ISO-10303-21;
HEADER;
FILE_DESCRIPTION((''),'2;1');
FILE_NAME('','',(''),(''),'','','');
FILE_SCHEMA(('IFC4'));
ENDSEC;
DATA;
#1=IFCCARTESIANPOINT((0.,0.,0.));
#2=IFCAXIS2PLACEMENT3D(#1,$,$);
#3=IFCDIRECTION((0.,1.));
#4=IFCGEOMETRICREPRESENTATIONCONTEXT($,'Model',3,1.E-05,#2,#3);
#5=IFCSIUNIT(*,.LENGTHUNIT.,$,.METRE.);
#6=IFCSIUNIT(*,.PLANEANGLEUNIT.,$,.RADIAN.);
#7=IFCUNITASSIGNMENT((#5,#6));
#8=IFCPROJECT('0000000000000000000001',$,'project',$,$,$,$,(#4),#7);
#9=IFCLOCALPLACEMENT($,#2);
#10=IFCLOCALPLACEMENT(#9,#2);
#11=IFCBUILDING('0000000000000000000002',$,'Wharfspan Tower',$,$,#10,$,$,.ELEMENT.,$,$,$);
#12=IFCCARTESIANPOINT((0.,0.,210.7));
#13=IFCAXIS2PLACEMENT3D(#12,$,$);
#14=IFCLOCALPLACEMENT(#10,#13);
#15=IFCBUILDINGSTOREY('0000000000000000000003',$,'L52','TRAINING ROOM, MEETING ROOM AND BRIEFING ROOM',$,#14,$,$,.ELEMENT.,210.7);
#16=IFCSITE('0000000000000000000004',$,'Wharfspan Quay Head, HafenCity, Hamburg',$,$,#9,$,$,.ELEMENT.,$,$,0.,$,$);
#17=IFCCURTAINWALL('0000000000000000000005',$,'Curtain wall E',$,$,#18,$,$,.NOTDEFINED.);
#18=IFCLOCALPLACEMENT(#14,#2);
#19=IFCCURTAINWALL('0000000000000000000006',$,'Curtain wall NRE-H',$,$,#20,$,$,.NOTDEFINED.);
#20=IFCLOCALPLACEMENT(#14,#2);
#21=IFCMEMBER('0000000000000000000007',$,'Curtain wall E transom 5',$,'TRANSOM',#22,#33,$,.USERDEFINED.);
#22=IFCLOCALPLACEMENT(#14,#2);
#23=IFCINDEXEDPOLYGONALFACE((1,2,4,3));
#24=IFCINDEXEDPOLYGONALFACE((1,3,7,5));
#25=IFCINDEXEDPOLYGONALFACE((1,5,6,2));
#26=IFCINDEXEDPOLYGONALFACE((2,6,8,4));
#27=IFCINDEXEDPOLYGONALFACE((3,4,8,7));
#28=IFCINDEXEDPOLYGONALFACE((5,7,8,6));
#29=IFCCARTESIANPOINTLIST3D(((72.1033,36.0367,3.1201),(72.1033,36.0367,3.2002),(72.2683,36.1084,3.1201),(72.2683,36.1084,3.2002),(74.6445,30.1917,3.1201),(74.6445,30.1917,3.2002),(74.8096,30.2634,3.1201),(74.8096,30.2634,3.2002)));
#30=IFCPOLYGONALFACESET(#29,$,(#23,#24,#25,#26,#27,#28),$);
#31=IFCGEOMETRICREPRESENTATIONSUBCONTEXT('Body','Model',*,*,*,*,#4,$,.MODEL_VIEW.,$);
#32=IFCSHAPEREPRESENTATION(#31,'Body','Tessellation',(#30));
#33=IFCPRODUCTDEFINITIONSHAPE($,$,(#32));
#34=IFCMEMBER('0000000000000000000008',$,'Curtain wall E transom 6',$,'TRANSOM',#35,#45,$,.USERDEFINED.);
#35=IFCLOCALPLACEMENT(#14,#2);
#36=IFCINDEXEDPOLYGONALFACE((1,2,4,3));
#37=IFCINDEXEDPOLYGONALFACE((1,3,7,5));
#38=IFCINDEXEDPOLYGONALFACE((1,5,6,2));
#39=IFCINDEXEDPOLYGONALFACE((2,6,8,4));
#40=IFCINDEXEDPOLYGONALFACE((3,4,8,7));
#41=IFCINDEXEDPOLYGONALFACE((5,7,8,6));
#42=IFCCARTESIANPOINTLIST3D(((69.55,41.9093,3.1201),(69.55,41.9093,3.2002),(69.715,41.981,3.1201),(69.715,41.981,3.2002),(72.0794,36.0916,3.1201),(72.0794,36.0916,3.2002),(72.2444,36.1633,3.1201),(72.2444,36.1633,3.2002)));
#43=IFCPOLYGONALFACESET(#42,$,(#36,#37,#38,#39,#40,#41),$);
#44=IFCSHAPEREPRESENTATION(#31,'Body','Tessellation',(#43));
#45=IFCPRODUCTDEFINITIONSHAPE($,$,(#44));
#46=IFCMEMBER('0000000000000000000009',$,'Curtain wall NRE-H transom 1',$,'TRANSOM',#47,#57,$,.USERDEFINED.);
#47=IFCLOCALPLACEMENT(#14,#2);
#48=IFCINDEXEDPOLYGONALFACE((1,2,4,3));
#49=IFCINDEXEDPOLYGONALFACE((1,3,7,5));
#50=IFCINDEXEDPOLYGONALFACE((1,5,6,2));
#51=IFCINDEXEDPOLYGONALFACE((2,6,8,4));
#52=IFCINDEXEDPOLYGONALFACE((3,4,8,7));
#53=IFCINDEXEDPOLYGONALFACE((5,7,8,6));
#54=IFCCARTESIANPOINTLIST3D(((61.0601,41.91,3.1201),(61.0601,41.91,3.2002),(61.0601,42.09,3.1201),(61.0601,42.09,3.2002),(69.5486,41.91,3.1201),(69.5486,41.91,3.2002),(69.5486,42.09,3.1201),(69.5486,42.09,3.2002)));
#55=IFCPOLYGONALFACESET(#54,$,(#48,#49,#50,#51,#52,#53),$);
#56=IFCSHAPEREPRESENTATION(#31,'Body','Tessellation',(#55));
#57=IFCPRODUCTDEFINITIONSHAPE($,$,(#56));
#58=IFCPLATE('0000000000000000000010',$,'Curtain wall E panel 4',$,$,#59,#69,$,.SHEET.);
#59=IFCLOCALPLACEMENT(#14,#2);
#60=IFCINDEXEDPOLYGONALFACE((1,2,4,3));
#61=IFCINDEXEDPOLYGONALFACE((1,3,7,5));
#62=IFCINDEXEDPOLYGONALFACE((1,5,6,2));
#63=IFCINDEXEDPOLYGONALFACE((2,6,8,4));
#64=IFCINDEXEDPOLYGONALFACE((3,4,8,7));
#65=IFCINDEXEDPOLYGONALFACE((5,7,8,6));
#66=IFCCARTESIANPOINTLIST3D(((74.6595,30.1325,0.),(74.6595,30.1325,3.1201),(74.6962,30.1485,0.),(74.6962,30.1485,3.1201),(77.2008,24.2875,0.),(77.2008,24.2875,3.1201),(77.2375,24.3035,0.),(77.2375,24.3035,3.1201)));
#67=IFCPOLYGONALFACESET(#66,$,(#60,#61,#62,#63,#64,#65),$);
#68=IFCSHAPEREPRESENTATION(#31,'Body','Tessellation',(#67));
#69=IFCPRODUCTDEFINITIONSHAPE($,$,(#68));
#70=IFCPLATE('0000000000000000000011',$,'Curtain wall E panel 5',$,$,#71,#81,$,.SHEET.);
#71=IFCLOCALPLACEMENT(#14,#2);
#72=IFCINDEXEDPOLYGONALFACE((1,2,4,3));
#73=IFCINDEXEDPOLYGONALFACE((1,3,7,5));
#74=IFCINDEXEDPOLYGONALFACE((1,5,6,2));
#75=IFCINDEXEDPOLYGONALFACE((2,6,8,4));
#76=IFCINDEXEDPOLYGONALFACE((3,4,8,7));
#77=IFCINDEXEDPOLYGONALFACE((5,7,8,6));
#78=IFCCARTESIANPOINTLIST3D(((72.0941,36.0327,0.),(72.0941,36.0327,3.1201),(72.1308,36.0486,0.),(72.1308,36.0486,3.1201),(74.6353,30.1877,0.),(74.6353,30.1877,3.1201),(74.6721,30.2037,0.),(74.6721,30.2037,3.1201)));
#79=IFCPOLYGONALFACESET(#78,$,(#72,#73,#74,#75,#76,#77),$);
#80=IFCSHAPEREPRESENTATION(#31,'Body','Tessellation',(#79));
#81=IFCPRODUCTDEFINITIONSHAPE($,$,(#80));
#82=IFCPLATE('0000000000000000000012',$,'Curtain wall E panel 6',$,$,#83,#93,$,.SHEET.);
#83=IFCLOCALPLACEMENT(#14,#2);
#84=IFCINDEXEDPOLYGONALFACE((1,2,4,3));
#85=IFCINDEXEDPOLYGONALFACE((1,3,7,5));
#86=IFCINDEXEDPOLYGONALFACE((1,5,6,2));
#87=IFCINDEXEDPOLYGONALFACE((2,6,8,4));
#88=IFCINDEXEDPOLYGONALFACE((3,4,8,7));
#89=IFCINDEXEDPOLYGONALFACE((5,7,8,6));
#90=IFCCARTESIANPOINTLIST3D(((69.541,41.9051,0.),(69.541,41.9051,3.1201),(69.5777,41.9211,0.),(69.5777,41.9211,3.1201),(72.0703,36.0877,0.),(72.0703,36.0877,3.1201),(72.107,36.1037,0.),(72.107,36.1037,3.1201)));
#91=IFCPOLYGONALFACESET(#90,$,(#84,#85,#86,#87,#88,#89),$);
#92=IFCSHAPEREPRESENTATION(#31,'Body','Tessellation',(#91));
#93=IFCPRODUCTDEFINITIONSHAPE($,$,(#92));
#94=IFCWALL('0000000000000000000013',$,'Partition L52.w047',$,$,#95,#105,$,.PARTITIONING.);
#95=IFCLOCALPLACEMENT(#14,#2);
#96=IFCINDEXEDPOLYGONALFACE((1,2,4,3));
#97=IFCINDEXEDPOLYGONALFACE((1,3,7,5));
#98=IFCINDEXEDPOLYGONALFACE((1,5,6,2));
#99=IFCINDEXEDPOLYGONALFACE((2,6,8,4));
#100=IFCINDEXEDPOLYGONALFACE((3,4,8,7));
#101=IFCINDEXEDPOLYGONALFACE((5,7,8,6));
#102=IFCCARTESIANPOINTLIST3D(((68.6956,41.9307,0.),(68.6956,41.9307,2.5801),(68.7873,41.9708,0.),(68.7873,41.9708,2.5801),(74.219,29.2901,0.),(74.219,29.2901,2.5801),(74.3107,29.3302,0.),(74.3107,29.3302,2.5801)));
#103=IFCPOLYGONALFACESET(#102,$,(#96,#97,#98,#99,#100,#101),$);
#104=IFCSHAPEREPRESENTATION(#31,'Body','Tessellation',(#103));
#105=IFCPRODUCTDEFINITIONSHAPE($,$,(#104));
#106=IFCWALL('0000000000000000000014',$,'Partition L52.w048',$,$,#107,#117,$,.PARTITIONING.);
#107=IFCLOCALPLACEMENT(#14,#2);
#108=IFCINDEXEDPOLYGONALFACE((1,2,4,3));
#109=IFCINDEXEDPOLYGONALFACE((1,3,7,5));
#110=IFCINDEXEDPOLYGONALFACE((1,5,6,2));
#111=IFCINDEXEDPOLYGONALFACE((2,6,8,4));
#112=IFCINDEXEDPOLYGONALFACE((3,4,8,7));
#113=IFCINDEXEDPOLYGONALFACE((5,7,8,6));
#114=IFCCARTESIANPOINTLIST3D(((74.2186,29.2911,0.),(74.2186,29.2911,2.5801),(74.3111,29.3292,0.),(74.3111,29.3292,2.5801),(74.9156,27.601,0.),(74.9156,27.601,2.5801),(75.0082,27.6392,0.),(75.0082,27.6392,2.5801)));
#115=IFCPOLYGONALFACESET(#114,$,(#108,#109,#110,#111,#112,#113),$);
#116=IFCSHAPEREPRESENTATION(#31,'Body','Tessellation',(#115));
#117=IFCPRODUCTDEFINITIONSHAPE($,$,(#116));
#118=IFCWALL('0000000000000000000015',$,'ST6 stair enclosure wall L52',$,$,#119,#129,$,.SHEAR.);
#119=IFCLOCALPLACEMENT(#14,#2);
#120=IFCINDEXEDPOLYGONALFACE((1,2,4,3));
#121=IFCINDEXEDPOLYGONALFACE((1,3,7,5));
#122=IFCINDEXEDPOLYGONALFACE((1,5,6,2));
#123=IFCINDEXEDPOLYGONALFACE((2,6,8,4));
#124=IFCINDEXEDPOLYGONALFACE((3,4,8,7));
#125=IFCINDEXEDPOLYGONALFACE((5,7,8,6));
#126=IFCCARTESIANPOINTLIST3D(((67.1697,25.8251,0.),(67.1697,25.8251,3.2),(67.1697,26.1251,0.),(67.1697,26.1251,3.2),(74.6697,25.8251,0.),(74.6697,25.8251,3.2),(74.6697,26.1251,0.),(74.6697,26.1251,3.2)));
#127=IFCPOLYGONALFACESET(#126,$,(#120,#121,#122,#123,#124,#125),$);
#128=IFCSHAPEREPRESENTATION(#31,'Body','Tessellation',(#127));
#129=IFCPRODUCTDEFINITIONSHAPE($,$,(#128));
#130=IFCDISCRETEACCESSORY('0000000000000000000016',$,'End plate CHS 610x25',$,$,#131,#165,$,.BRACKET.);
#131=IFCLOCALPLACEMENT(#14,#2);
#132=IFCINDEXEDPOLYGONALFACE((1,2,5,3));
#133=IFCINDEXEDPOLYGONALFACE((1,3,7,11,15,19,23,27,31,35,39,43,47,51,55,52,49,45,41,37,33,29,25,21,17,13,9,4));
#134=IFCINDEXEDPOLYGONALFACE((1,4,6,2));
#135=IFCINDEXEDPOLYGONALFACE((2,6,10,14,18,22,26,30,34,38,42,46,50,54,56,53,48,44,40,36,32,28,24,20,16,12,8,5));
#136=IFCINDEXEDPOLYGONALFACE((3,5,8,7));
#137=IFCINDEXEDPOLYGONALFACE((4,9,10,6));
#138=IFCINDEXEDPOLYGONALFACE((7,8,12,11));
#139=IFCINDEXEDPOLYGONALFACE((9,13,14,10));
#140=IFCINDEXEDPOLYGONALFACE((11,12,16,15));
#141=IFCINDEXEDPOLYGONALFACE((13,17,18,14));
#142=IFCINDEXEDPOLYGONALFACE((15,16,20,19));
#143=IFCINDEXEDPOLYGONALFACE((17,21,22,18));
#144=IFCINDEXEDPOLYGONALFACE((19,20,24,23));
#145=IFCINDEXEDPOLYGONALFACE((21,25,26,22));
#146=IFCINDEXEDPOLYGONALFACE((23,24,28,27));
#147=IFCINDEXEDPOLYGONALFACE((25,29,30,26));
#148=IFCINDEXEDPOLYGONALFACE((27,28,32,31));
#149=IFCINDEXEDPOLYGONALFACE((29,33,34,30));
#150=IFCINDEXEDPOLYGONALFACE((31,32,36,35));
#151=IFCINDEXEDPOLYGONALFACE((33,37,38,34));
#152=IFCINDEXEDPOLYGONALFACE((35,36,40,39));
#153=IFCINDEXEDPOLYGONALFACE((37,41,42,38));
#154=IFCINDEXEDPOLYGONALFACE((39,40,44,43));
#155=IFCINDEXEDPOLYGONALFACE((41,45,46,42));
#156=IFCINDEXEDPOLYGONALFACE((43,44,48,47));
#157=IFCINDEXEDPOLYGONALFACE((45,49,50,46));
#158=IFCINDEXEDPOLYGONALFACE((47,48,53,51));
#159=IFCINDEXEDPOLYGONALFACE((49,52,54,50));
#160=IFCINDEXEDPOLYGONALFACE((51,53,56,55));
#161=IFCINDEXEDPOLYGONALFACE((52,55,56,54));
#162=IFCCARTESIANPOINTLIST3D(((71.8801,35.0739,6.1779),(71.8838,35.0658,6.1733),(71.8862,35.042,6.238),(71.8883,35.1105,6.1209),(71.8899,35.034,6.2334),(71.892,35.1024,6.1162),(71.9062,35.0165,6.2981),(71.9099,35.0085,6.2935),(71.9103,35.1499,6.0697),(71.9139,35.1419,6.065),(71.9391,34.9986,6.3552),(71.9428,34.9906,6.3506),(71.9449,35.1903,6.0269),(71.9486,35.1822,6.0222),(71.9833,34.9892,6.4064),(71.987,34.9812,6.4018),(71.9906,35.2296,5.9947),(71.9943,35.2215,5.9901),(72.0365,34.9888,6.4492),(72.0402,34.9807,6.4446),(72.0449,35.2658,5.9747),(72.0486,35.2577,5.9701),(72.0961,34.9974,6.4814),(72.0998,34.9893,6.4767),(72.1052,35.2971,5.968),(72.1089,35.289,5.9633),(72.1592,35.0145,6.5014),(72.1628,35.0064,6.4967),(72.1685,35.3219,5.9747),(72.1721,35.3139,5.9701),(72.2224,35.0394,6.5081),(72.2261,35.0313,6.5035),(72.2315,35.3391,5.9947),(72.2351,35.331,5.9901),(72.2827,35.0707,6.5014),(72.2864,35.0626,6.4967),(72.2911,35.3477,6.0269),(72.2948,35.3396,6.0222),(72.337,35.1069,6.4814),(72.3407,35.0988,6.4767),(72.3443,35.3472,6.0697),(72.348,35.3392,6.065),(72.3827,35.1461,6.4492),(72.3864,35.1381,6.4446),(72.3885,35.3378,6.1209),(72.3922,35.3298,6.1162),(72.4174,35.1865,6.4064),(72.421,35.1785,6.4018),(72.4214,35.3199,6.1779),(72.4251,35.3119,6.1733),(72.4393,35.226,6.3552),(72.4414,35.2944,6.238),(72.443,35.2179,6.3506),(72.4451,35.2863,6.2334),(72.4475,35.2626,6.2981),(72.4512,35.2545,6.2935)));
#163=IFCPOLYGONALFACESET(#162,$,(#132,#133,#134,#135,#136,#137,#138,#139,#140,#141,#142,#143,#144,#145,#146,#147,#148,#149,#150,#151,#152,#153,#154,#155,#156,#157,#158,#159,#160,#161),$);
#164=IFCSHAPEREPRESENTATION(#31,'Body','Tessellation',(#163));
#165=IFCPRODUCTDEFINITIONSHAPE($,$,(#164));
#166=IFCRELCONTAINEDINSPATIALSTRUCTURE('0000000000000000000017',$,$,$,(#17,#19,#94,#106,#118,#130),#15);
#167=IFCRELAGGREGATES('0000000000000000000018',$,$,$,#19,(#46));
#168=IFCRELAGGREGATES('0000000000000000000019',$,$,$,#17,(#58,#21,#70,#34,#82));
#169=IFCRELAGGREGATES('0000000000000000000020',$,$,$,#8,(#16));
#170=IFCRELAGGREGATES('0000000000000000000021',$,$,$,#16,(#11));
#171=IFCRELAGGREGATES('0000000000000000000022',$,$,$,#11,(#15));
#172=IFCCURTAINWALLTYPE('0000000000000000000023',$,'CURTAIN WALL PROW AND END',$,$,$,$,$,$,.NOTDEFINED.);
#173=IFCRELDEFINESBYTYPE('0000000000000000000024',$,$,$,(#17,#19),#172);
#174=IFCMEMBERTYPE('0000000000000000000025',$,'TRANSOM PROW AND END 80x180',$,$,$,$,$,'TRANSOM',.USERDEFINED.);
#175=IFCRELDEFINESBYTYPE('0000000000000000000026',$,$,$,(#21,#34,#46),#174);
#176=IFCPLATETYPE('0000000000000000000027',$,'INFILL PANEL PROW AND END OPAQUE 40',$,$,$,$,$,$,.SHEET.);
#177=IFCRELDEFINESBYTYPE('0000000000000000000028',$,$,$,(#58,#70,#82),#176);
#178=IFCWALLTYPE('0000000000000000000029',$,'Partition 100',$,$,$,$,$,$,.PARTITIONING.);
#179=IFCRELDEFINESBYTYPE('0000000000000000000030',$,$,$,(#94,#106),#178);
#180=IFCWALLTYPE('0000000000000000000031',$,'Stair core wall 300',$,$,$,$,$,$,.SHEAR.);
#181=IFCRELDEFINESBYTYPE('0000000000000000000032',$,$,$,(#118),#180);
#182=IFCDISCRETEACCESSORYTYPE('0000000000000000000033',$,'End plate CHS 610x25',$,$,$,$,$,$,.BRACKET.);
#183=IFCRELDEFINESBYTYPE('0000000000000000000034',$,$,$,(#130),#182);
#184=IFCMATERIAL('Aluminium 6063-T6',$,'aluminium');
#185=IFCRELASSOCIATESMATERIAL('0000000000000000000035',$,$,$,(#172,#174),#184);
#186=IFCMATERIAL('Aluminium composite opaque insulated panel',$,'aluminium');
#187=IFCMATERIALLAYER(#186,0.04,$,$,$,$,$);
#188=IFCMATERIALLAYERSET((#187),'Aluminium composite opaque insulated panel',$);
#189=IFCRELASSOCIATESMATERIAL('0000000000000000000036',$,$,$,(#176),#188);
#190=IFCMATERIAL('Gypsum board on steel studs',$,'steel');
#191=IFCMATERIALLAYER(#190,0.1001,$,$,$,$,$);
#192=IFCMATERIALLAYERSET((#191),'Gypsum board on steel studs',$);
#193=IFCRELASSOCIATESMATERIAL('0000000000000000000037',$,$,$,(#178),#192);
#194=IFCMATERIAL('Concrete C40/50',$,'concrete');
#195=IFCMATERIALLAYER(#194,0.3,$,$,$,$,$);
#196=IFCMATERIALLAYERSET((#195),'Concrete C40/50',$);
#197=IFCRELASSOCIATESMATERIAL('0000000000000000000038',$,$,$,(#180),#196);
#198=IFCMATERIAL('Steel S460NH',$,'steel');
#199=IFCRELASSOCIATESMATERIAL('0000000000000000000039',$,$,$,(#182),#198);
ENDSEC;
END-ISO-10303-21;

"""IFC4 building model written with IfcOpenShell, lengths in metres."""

from ifc_helpers import new_model, si_unit, direction, frame, frame_2d, origin, origin_2d, place, context, subcontext, project, spatial, rectangle, circle, extrude, material, layer, layer_set, material_profile, profile_set, type_object, element, aggregate, save


model = new_model("IFC4")

# Units and contexts
model_context = context("Model", 3, precision=1e-05, world=origin(), true_north=direction((0.0, 1.0)))
body_context = subcontext(model_context, "Body", "Model", "MODEL_VIEW")
ifc_project = project(units=[si_unit("LENGTHUNIT", "METRE"), si_unit("PLANEANGLEUNIT", "RADIAN")], contexts=[model_context])

# Site, building, storey
site_placement = place(None, origin())
site = spatial("IfcSite", under=ifc_project, at=site_placement, Name="Wharfspan Quay Head, HafenCity, Hamburg", CompositionType="ELEMENT", RefElevation=0.0)
building_placement = place(site_placement, origin())
building = spatial("IfcBuilding", under=site, at=building_placement, Name="Wharfspan Tower", CompositionType="ELEMENT")
storey_placement = place(building_placement, frame((0.0, 0.0, 210.7)))
storey = spatial("IfcBuildingStorey", under=building, at=storey_placement, Name="L52", Description="TRAINING ROOM, MEETING ROOM AND BRIEFING ROOM", CompositionType="ELEMENT", Elevation=210.7)

# Curtain wall
ifc_material_1 = material(Name="Aluminium 6063-T6", Category="aluminium")
curtain_wall_type = type_object("IfcCurtainWallType", Name="CURTAIN WALL PROW AND END", PredefinedType="NOTDEFINED", material=ifc_material_1)
curtain_wall_1_placement = place(storey_placement, origin())
curtain_wall_1 = element("IfcCurtainWall", 1, at=curtain_wall_1_placement, inside=storey, type_object=curtain_wall_type, Name="Curtain wall E", PredefinedType="NOTDEFINED")

# Curtain wall
curtain_wall_2_placement = place(storey_placement, origin())
curtain_wall_2 = element("IfcCurtainWall", 2, at=curtain_wall_2_placement, inside=storey, type_object=curtain_wall_type, Name="Curtain wall NRE-H", PredefinedType="NOTDEFINED")

# Shared definitions
ifc_material_2 = material(Name="Steel S460NH", Category="steel")

# Members
ifc_material_profile_1 = material_profile(ifc_material_1, rectangle(XDim=0.1799, YDim=0.0801, at=origin_2d()))
ifc_profile_set_1 = profile_set([ifc_material_profile_1], Name="Aluminium 6063-T6")
member_type_1 = type_object("IfcMemberType", Name="TRANSOM PROW AND END 80x180", ElementType="TRANSOM", PredefinedType="USERDEFINED", material=ifc_profile_set_1)
member_1_placement = place(storey_placement, frame((74.7271, 30.2275, 3.1602), z_axis=(-0.398722, 0.917072, 0.0), x_axis=(-0.917072, -0.398722, 0.0)))
member_1 = element("IfcMember", 3, at=member_1_placement, type_object=member_type_1, Name="Curtain wall E transom 5", ObjectType="TRANSOM", PredefinedType="USERDEFINED", context=body_context, shape_type="SweptSolid", body=[
    extrude(rectangle(XDim=0.1799, YDim=0.0801, at=origin_2d()), origin(), (0.0, 0.0, 1.0), 6.3735),
])
member_2_placement = place(storey_placement, frame((72.1619, 36.1274, 3.1602), z_axis=(-0.398712, 0.917076, 0.0), x_axis=(-0.917076, -0.398712, 0.0)))
member_2 = element("IfcMember", 4, at=member_2_placement, type_object=member_type_1, Name="Curtain wall E transom 6", ObjectType="TRANSOM", PredefinedType="USERDEFINED", context=body_context, shape_type="SweptSolid", body=[
    extrude(rectangle(XDim=0.1799, YDim=0.0801, at=origin_2d()), origin(), (0.0, 0.0, 1.0), 6.3438),
])
member_3_placement = place(storey_placement, frame((69.5486, 42.0, 3.1602), z_axis=(-1.0, 0.0, 0.0), x_axis=(0.0, -1.0, 0.0)))
member_3 = element("IfcMember", 5, at=member_3_placement, type_object=member_type_1, Name="Curtain wall NRE-H transom 1", ObjectType="TRANSOM", PredefinedType="USERDEFINED", context=body_context, shape_type="SweptSolid", body=[
    extrude(rectangle(XDim=0.1799, YDim=0.0801, at=origin_2d()), origin(), (0.0, 0.0, 1.0), 8.4885),
])
aggregate(curtain_wall_2, [member_3])

# Plates
ifc_material_3 = material(Name="Aluminium composite opaque insulated panel", Category="aluminium")
ifc_layer_1 = layer(ifc_material_3, 0.04)
ifc_layer_set_1 = layer_set([ifc_layer_1], Name="Aluminium composite opaque insulated panel")
plate_type = type_object("IfcPlateType", Name="INFILL PANEL PROW AND END OPAQUE 40", PredefinedType="SHEET", material=ifc_layer_set_1)
plate_1_placement = place(storey_placement, frame((75.9485, 27.218, 0.0), z_axis=(0.0, 0.0, 1.0), x_axis=(-0.398727, 0.917072, 0.0)))
plate_1 = element("IfcPlate", 6, at=plate_1_placement, type_object=plate_type, Name="Curtain wall E panel 4", PredefinedType="SHEET", context=body_context, shape_type="SweptSolid", body=[
    extrude(rectangle(XDim=6.3735, YDim=0.04, at=origin_2d()), origin(), (0.0, 0.0, 1.0), 3.1201),
])
plate_2_placement = place(storey_placement, frame((73.3831, 33.1182, 0.0), z_axis=(0.0, 0.0, 1.0), x_axis=(-0.398727, 0.917072, 0.0)))
plate_2 = element("IfcPlate", 7, at=plate_2_placement, type_object=plate_type, Name="Curtain wall E panel 5", PredefinedType="SHEET", context=body_context, shape_type="SweptSolid", body=[
    extrude(rectangle(XDim=6.3735, YDim=0.04, at=origin_2d()), origin(), (0.0, 0.0, 1.0), 3.1201),
])
plate_3_placement = place(storey_placement, frame((70.824, 39.0044, 0.0), z_axis=(0.0, 0.0, 1.0), x_axis=(-0.398727, 0.917072, 0.0)))
plate_3 = element("IfcPlate", 8, at=plate_3_placement, type_object=plate_type, Name="Curtain wall E panel 6", PredefinedType="SHEET", context=body_context, shape_type="SweptSolid", body=[
    extrude(rectangle(XDim=6.3435, YDim=0.04, at=origin_2d()), origin(), (0.0, 0.0, 1.0), 3.1201),
])
aggregate(curtain_wall_1, [plate_1, member_1, plate_2, member_2, plate_3])

# Walls
ifc_material_4 = material(Name="Gypsum board on steel studs", Category="steel")
ifc_layer_2 = layer(ifc_material_4, 0.1001)
ifc_layer_set_2 = layer_set([ifc_layer_2], Name="Gypsum board on steel studs")
wall_type_1 = type_object("IfcWallType", Name="Partition 100", PredefinedType="PARTITIONING", material=ifc_layer_set_2)
wall_1_placement = place(storey_placement, frame((74.2649, 29.3101, 0.0), z_axis=(0.0, 0.0, 1.0), x_axis=(-0.400401, 0.916335, 0.0)))
element("IfcWall", 9, at=wall_1_placement, inside=storey, type_object=wall_type_1, Name="Partition L52.w047", PredefinedType="PARTITIONING", context=body_context, shape_type="SweptSolid", body=[
    extrude(rectangle(XDim=13.7947, YDim=0.1001, at=frame_2d((6.8975, 0.0))), origin(), (0.0, 0.0, 1.0), 2.5801),
])
wall_2_placement = place(storey_placement, frame((74.9619, 27.6201, 0.0), z_axis=(0.0, 0.0, 1.0), x_axis=(-0.381293, 0.924452, 0.0)))
element("IfcWall", 10, at=wall_2_placement, inside=storey, type_object=wall_type_1, Name="Partition L52.w048", PredefinedType="PARTITIONING", context=body_context, shape_type="SweptSolid", body=[
    extrude(rectangle(XDim=1.8281, YDim=0.1001, at=frame_2d((0.9141, 0.0))), origin(), (0.0, 0.0, 1.0), 2.5801),
])
ifc_material_5 = material(Name="Concrete C40/50", Category="concrete")
ifc_layer_3 = layer(ifc_material_5, 0.3)
ifc_layer_set_3 = layer_set([ifc_layer_3], Name="Concrete C40/50")
wall_type_2 = type_object("IfcWallType", Name="Stair core wall 300", PredefinedType="SHEAR", material=ifc_layer_set_3)
wall_3_placement = place(storey_placement, frame((67.1697, 25.9751, 0.0), z_axis=(0.0, 0.0, 1.0), x_axis=(1.0, 0.0, 0.0)))
element("IfcWall", 11, at=wall_3_placement, inside=storey, type_object=wall_type_2, Name="ST6 stair enclosure wall L52", PredefinedType="SHEAR", context=body_context, shape_type="SweptSolid", body=[
    extrude(rectangle(XDim=7.5, YDim=0.3, at=frame_2d((3.75, 0.0))), origin(), (0.0, 0.0, 1.0), 3.2),
])

# Discrete accessory
ifc_material_profile_2 = material_profile(ifc_material_2, circle(Radius=0.3049, at=origin_2d()))
ifc_profile_set_2 = profile_set([ifc_material_profile_2], Name="Steel S460NH")
discrete_accessory_type = type_object("IfcDiscreteAccessoryType", Name="End plate CHS 610x25", PredefinedType="BRACKET", material=ifc_profile_set_2)
for number, where, z_axis, x_axis, name in (
    (12, (72.1675, 35.1602, 6.2334), (-0.366508, 0.806318, 0.464244), (-0.910368, -0.413804, 0.000001), "End plate CHS 610x25"),
):
    element("IfcDiscreteAccessory", number, at=place(storey_placement, frame(where, z_axis=z_axis, x_axis=x_axis)), inside=storey, type_object=discrete_accessory_type, Name=name, PredefinedType="BRACKET", context=body_context, shape_type="SweptSolid", body=[
        extrude(circle(Radius=0.3049, at=origin_2d()), origin(), (0.0, 0.0, 1.0), 0.01),
    ])

save(model, "model.ifc")
